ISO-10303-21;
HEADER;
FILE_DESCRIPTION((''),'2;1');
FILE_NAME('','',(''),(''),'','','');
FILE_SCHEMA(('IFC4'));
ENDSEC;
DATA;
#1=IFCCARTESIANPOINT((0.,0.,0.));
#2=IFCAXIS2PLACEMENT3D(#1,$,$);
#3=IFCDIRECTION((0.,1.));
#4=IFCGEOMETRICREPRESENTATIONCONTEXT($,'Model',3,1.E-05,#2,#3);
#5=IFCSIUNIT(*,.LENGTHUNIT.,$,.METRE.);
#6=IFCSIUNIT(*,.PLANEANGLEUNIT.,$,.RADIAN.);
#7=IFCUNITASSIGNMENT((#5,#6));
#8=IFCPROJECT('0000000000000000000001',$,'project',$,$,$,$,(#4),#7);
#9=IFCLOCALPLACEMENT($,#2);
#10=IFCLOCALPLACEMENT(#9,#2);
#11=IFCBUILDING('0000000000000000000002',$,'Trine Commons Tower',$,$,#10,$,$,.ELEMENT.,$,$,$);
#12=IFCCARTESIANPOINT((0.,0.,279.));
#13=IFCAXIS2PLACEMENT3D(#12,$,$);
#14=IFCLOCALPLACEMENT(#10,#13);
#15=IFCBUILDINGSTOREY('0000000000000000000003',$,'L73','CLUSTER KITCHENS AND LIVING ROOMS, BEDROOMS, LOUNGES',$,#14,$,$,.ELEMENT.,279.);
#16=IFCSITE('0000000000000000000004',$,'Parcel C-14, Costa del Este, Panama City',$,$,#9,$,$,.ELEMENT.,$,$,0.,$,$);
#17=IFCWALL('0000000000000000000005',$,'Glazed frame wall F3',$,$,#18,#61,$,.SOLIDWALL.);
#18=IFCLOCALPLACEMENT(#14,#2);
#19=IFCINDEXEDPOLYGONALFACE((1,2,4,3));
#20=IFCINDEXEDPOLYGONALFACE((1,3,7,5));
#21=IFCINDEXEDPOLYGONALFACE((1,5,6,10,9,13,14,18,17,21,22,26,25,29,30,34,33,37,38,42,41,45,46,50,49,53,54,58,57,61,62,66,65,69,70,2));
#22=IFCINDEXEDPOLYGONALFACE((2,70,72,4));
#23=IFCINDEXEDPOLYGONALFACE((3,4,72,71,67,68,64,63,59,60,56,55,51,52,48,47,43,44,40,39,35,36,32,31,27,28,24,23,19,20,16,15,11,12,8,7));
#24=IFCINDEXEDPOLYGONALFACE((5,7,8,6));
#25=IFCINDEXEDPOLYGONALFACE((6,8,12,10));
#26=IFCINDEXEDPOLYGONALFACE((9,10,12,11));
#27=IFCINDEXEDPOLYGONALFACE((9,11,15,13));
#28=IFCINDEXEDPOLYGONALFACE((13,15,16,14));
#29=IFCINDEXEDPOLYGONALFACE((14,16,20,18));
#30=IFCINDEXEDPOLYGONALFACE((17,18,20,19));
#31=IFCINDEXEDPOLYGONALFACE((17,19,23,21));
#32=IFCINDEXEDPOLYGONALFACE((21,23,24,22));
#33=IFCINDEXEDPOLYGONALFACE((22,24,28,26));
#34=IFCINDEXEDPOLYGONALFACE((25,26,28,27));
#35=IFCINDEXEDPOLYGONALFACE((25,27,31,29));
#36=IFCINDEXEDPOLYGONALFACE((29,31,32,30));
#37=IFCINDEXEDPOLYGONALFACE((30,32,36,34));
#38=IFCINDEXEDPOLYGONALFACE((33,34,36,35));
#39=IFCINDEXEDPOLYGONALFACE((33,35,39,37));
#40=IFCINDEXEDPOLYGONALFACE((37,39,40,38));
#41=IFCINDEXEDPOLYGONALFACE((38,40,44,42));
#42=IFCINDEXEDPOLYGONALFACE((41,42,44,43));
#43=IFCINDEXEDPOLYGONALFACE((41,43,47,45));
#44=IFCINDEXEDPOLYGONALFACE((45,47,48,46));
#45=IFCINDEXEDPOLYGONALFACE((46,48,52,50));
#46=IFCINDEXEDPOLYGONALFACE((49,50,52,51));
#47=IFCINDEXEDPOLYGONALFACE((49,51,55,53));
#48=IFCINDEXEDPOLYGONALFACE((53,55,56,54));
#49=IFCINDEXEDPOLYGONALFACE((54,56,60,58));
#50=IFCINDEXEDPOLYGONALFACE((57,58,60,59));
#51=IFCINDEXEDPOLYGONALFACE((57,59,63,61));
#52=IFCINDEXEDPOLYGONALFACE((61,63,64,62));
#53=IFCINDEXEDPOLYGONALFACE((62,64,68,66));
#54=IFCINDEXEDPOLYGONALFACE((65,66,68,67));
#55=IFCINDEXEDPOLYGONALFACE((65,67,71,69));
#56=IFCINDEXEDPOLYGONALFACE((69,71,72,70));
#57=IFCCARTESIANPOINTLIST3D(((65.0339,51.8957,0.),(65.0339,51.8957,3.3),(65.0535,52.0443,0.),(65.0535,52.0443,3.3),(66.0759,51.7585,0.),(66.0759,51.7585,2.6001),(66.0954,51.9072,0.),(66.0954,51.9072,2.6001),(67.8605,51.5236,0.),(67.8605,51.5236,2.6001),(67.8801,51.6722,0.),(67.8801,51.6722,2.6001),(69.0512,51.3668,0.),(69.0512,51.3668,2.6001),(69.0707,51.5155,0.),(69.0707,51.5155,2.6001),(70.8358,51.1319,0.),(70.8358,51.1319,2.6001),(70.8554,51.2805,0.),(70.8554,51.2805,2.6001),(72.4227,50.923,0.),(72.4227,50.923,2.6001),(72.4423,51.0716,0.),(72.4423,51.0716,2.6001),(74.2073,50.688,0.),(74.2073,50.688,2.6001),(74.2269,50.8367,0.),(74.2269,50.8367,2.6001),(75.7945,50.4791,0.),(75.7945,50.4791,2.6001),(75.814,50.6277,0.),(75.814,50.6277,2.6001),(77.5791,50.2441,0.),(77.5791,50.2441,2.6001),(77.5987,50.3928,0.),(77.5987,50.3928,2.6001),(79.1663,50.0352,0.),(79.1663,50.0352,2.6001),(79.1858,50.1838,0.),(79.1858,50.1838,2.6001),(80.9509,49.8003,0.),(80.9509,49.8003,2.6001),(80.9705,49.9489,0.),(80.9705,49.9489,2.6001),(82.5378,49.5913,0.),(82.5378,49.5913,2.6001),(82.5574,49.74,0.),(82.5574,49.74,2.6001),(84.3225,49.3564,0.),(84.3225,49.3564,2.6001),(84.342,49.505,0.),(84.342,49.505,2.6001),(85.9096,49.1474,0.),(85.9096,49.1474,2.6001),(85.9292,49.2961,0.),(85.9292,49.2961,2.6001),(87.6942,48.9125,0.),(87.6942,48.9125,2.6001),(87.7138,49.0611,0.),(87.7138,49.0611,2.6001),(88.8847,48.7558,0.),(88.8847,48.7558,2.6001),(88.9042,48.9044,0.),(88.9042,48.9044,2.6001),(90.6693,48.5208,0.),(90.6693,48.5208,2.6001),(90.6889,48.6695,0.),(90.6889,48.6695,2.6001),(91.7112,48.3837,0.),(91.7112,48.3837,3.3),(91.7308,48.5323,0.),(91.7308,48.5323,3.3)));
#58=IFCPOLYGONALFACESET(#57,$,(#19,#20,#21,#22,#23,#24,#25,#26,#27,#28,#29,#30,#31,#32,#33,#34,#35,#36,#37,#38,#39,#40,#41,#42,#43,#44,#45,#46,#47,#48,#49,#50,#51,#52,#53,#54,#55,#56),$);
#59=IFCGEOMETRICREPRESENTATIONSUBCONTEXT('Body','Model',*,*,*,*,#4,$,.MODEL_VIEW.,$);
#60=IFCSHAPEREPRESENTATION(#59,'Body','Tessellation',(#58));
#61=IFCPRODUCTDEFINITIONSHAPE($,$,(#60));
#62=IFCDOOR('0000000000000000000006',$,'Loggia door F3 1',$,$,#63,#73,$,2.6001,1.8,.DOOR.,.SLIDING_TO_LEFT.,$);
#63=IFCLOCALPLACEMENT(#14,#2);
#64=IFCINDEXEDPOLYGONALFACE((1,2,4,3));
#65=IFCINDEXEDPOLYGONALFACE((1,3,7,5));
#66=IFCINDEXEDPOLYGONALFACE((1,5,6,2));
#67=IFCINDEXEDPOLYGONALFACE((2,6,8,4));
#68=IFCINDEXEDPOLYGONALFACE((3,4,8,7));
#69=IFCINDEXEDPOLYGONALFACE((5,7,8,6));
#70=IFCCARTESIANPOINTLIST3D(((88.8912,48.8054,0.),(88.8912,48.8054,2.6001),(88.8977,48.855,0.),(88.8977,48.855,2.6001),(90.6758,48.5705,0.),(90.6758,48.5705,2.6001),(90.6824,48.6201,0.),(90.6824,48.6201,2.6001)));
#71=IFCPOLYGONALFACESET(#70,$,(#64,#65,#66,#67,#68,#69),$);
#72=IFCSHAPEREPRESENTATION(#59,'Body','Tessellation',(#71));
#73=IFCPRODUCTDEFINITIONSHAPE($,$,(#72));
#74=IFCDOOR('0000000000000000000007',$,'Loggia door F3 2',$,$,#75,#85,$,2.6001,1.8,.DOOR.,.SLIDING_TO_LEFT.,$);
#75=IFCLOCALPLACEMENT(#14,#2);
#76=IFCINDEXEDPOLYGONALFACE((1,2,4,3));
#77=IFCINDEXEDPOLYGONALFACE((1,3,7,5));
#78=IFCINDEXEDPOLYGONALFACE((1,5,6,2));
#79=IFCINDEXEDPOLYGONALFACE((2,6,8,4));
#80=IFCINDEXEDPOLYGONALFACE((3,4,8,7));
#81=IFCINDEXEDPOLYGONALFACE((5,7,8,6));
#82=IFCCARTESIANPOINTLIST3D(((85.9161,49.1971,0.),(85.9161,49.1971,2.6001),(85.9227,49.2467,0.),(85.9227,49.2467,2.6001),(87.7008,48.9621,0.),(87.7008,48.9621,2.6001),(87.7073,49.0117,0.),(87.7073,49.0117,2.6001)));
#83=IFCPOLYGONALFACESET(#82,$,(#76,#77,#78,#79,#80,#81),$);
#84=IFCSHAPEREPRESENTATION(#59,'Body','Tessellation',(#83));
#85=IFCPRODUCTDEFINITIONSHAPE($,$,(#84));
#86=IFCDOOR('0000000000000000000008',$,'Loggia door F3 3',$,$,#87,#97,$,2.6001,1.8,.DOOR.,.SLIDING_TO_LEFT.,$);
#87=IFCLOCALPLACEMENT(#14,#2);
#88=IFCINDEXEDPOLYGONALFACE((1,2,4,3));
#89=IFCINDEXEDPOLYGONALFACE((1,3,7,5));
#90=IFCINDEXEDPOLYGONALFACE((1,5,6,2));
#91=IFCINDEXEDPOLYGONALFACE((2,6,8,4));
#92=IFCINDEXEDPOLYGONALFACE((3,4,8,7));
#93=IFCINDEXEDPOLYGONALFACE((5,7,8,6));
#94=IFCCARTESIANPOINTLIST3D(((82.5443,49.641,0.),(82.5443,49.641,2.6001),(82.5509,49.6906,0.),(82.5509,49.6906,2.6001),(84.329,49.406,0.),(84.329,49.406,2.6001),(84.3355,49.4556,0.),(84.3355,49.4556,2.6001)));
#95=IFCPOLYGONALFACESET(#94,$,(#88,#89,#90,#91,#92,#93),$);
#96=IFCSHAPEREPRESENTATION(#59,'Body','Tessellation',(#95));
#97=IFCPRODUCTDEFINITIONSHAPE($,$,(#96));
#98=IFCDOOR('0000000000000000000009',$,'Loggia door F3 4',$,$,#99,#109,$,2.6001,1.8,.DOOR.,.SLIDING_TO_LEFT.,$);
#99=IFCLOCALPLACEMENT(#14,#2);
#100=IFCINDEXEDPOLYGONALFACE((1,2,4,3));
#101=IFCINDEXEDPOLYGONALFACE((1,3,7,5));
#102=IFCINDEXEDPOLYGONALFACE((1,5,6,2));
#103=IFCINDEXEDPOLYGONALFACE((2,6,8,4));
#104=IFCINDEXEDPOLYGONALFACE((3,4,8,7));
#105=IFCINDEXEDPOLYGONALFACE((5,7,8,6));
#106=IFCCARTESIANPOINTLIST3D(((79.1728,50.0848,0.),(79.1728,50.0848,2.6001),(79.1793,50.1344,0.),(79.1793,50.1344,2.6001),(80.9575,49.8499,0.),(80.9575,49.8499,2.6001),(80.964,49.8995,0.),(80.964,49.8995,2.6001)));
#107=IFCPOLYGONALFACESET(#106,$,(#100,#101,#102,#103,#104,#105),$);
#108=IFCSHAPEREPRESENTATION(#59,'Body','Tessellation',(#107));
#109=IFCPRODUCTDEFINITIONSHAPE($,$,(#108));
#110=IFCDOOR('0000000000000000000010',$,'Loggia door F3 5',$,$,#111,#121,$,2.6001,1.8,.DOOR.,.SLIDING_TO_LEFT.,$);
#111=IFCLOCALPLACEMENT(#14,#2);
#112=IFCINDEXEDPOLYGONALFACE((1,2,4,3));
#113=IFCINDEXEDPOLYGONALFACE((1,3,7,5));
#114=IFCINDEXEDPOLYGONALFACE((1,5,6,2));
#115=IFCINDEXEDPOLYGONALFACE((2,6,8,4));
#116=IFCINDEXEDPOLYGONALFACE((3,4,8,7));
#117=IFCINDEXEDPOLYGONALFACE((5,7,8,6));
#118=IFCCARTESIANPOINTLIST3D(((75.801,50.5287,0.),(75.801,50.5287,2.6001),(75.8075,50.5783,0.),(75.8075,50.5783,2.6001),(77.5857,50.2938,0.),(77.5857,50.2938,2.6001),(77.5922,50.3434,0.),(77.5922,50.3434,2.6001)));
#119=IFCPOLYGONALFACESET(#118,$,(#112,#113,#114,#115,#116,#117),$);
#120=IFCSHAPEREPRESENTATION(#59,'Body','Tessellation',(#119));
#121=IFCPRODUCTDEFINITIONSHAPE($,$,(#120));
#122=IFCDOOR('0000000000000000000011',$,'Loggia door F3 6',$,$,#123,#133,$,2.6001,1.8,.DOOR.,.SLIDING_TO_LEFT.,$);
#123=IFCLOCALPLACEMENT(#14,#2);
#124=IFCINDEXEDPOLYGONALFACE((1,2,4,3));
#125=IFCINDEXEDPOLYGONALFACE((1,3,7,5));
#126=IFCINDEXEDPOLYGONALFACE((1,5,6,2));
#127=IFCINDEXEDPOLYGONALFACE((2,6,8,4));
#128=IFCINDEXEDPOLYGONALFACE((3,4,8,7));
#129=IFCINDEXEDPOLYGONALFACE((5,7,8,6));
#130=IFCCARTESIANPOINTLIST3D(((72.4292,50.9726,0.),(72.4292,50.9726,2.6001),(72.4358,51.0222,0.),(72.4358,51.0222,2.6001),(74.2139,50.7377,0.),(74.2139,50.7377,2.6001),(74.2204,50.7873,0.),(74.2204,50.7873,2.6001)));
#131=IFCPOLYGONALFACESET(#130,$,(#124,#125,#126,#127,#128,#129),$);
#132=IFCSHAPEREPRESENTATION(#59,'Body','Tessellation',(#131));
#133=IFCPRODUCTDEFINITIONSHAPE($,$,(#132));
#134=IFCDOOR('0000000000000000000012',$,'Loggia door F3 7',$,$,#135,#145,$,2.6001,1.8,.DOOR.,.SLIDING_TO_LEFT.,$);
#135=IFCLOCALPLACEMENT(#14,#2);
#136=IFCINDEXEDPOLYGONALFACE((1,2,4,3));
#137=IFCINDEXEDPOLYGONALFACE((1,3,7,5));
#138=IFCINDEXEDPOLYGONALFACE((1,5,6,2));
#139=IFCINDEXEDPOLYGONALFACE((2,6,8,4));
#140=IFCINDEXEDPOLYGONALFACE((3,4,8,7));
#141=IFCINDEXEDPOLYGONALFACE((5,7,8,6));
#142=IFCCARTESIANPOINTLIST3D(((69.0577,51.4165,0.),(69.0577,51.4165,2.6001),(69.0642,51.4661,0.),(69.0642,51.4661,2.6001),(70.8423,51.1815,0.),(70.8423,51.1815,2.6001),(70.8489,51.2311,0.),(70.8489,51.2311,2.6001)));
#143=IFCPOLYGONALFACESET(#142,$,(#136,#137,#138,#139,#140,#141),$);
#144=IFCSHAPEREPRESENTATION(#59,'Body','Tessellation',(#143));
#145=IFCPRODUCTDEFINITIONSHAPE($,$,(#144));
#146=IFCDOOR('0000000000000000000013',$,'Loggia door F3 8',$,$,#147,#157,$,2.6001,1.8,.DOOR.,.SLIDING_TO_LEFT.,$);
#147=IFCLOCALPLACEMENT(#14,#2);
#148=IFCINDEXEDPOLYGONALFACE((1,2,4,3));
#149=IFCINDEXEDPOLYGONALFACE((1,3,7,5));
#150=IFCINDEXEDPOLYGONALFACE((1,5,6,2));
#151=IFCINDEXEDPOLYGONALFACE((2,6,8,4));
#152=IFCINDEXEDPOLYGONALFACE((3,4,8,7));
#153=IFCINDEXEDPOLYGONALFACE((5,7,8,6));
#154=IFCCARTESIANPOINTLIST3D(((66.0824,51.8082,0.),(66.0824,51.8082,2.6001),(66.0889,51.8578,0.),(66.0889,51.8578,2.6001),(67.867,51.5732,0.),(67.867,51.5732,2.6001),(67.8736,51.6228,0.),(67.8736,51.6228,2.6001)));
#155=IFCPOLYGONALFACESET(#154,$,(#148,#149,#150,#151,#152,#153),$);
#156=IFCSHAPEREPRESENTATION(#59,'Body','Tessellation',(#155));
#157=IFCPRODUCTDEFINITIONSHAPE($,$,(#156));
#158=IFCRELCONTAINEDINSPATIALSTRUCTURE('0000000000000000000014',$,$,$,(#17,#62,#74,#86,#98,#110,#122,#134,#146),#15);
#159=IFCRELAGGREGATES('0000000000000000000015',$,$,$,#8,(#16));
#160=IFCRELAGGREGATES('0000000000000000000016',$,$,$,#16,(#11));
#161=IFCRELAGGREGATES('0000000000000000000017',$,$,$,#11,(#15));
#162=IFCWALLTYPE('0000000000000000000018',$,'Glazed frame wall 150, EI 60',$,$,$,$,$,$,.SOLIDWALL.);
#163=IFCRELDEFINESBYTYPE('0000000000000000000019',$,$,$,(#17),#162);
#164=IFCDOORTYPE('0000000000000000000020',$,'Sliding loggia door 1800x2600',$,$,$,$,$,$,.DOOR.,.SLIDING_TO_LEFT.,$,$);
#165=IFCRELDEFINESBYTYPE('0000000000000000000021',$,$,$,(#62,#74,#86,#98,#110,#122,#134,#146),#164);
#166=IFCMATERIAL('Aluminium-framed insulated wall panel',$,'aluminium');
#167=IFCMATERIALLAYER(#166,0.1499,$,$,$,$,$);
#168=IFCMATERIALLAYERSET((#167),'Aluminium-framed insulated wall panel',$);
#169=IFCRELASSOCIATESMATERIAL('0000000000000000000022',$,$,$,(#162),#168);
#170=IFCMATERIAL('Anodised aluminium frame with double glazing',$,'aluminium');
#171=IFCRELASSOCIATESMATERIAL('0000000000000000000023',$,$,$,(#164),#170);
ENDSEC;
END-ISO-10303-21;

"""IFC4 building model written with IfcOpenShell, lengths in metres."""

from ifc_helpers import new_model, si_unit, direction, frame, frame_2d, origin, place, context, subcontext, project, spatial, polyline, rectangle, outline, extrude, material, layer, layer_set, type_object, element, fill, save


model = new_model("IFC4")

# Units and contexts
model_context = context("Model", 3, precision=1e-05, world=origin(), true_north=direction((0.0, 1.0)))
body_context = subcontext(model_context, "Body", "Model", "MODEL_VIEW")
ifc_project = project(units=[si_unit("LENGTHUNIT", "METRE"), si_unit("PLANEANGLEUNIT", "RADIAN")], contexts=[model_context])

# Site, building, storey
site_placement = place(None, origin())
site = spatial("IfcSite", under=ifc_project, at=site_placement, Name="Parcel C-14, Costa del Este, Panama City", CompositionType="ELEMENT", RefElevation=0.0)
building_placement = place(site_placement, origin())
building = spatial("IfcBuilding", under=site, at=building_placement, Name="Trine Commons Tower", CompositionType="ELEMENT")
storey_placement = place(building_placement, frame((0.0, 0.0, 279.0)))
storey = spatial("IfcBuildingStorey", under=building, at=storey_placement, Name="L73", Description="CLUSTER KITCHENS AND LIVING ROOMS, BEDROOMS, LOUNGES", CompositionType="ELEMENT", Elevation=279.0)

# Shared definitions
ifc_material_1 = material(Name="Aluminium-framed insulated wall panel", Category="aluminium")
ifc_layer_1 = layer(ifc_material_1, 0.1499)
ifc_layer_set_1 = layer_set([ifc_layer_1], Name="Aluminium-framed insulated wall panel")
wall_type_1 = type_object("IfcWallType", Name="Glazed frame wall 150, EI 60", PredefinedType="SOLIDWALL", material=ifc_layer_set_1)
ifc_material_2 = material(Name="Anodised aluminium frame with double glazing", Category="aluminium")
door_type = type_object("IfcDoorType", Name="Sliding loggia door 1800x2600", OperationType="SLIDING_TO_LEFT", PredefinedType="DOOR", material=ifc_material_2)

# Wall, openings, doors
wall_1_placement = place(storey_placement, frame((91.8691, 48.4385, 0.0), z_axis=(0.0, 0.0, 1.0), x_axis=(-0.991445, 0.130523, 0.0)))
wall_1 = element("IfcWall", 1, at=wall_1_placement, inside=storey, type_object=wall_type_1, Name="Glazed frame wall F3", PredefinedType="SOLIDWALL", context=body_context, shape_type="SweptSolid", body=[
    extrude(outline(polyline([(0.1494, 0.075), (0.1494, -0.075), (27.0569, -0.075), (27.0569, 0.075), (0.1494, 0.075)])), origin(), (0.0, 0.0, 1.0), 3.3),
])
opening_1_placement = place(wall_1_placement, frame((1.2004, 0.0, 0.0)))
opening_1 = element("IfcOpeningElement", 2, at=opening_1_placement, cuts=wall_1, PredefinedType="OPENING", context=body_context, shape_type="SweptSolid", body=[
    extrude(rectangle(XDim=1.8, YDim=2.6001, at=frame_2d((0.8999, 1.3))), frame((0.0, 0.085, 0.0), z_axis=(0.0, -1.0, 0.0), x_axis=(1.0, 0.0, 0.0)), (0.0, 0.0, 1.0), 0.1699),
])
opening_2_placement = place(wall_1_placement, frame((4.2012, 0.0, 0.0)))
opening_2 = element("IfcOpeningElement", 3, at=opening_2_placement, cuts=wall_1, PredefinedType="OPENING", context=body_context, shape_type="SweptSolid", body=[
    extrude(rectangle(XDim=1.8, YDim=2.6001, at=frame_2d((0.8999, 1.3))), frame((0.0, 0.085, 0.0), z_axis=(0.0, -1.0, 0.0), x_axis=(1.0, 0.0, 0.0)), (0.0, 0.0, 1.0), 0.1699),
])
opening_3_placement = place(wall_1_placement, frame((7.6021, 0.0, 0.0)))
opening_3 = element("IfcOpeningElement", 4, at=opening_3_placement, cuts=wall_1, PredefinedType="OPENING", context=body_context, shape_type="SweptSolid", body=[
    extrude(rectangle(XDim=1.8, YDim=2.6001, at=frame_2d((0.8999, 1.3))), frame((0.0, 0.085, 0.0), z_axis=(0.0, -1.0, 0.0), x_axis=(1.0, 0.0, 0.0)), (0.0, 0.0, 1.0), 0.1699),
])
opening_4_placement = place(wall_1_placement, frame((11.0027, 0.0, 0.0)))
opening_4 = element("IfcOpeningElement", 5, at=opening_4_placement, cuts=wall_1, PredefinedType="OPENING", context=body_context, shape_type="SweptSolid", body=[
    extrude(rectangle(XDim=1.8, YDim=2.6001, at=frame_2d((0.8999, 1.3))), frame((0.0, 0.085, 0.0), z_axis=(0.0, -1.0, 0.0), x_axis=(1.0, 0.0, 0.0)), (0.0, 0.0, 1.0), 0.1699),
])
opening_5_placement = place(wall_1_placement, frame((14.4036, 0.0, 0.0)))
opening_5 = element("IfcOpeningElement", 6, at=opening_5_placement, cuts=wall_1, PredefinedType="OPENING", context=body_context, shape_type="SweptSolid", body=[
    extrude(rectangle(XDim=1.8, YDim=2.6001, at=frame_2d((0.8999, 1.3))), frame((0.0, 0.085, 0.0), z_axis=(0.0, -1.0, 0.0), x_axis=(1.0, 0.0, 0.0)), (0.0, 0.0, 1.0), 0.1699),
])
opening_6_placement = place(wall_1_placement, frame((17.8044, 0.0, 0.0)))
opening_6 = element("IfcOpeningElement", 7, at=opening_6_placement, cuts=wall_1, PredefinedType="OPENING", context=body_context, shape_type="SweptSolid", body=[
    extrude(rectangle(XDim=1.8, YDim=2.6001, at=frame_2d((0.8999, 1.3))), frame((0.0, 0.085, 0.0), z_axis=(0.0, -1.0, 0.0), x_axis=(1.0, 0.0, 0.0)), (0.0, 0.0, 1.0), 0.1699),
])
opening_7_placement = place(wall_1_placement, frame((21.2051, 0.0, 0.0)))
opening_7 = element("IfcOpeningElement", 8, at=opening_7_placement, cuts=wall_1, PredefinedType="OPENING", context=body_context, shape_type="SweptSolid", body=[
    extrude(rectangle(XDim=1.8, YDim=2.6001, at=frame_2d((0.8999, 1.3))), frame((0.0, 0.085, 0.0), z_axis=(0.0, -1.0, 0.0), x_axis=(1.0, 0.0, 0.0)), (0.0, 0.0, 1.0), 0.1699),
])
opening_8_placement = place(wall_1_placement, frame((24.2061, 0.0, 0.0)))
opening_8 = element("IfcOpeningElement", 9, at=opening_8_placement, cuts=wall_1, PredefinedType="OPENING", context=body_context, shape_type="SweptSolid", body=[
    extrude(rectangle(XDim=1.8, YDim=2.6001, at=frame_2d((0.8999, 1.3))), frame((0.0, 0.085, 0.0), z_axis=(0.0, -1.0, 0.0), x_axis=(1.0, 0.0, 0.0)), (0.0, 0.0, 1.0), 0.1699),
])
door_1_placement = place(opening_1_placement, origin())
door_1 = element("IfcDoor", 10, at=door_1_placement, inside=storey, type_object=door_type, Name="Loggia door F3 1", OperationType="SLIDING_TO_LEFT", OverallHeight=2.6001, OverallWidth=1.8, PredefinedType="DOOR", context=body_context, shape_type="SweptSolid", body=[
    extrude(rectangle(XDim=1.8, YDim=2.6001, at=frame_2d((0.8999, 1.3))), frame((0.0, 0.0249, 0.0), z_axis=(0.0, -1.0, 0.0), x_axis=(1.0, 0.0, 0.0)), (0.0, 0.0, 1.0), 0.05),
])
fill(opening_1, door_1)
door_2_placement = place(opening_2_placement, origin())
door_2 = element("IfcDoor", 11, at=door_2_placement, inside=storey, type_object=door_type, Name="Loggia door F3 2", OperationType="SLIDING_TO_LEFT", OverallHeight=2.6001, OverallWidth=1.8, PredefinedType="DOOR", context=body_context, shape_type="SweptSolid", body=[
    extrude(rectangle(XDim=1.8, YDim=2.6001, at=frame_2d((0.8999, 1.3))), frame((0.0, 0.0249, 0.0), z_axis=(0.0, -1.0, 0.0), x_axis=(1.0, 0.0, 0.0)), (0.0, 0.0, 1.0), 0.05),
])
fill(opening_2, door_2)
door_3_placement = place(opening_3_placement, origin())
door_3 = element("IfcDoor", 12, at=door_3_placement, inside=storey, type_object=door_type, Name="Loggia door F3 3", OperationType="SLIDING_TO_LEFT", OverallHeight=2.6001, OverallWidth=1.8, PredefinedType="DOOR", context=body_context, shape_type="SweptSolid", body=[
    extrude(rectangle(XDim=1.8, YDim=2.6001, at=frame_2d((0.8999, 1.3))), frame((0.0, 0.0249, 0.0), z_axis=(0.0, -1.0, 0.0), x_axis=(1.0, 0.0, 0.0)), (0.0, 0.0, 1.0), 0.05),
])
fill(opening_3, door_3)
door_4_placement = place(opening_4_placement, origin())
door_4 = element("IfcDoor", 13, at=door_4_placement, inside=storey, type_object=door_type, Name="Loggia door F3 4", OperationType="SLIDING_TO_LEFT", OverallHeight=2.6001, OverallWidth=1.8, PredefinedType="DOOR", context=body_context, shape_type="SweptSolid", body=[
    extrude(rectangle(XDim=1.8, YDim=2.6001, at=frame_2d((0.8999, 1.3))), frame((0.0, 0.0249, 0.0), z_axis=(0.0, -1.0, 0.0), x_axis=(1.0, 0.0, 0.0)), (0.0, 0.0, 1.0), 0.05),
])
fill(opening_4, door_4)
door_5_placement = place(opening_5_placement, origin())
door_5 = element("IfcDoor", 14, at=door_5_placement, inside=storey, type_object=door_type, Name="Loggia door F3 5", OperationType="SLIDING_TO_LEFT", OverallHeight=2.6001, OverallWidth=1.8, PredefinedType="DOOR", context=body_context, shape_type="SweptSolid", body=[
    extrude(rectangle(XDim=1.8, YDim=2.6001, at=frame_2d((0.8999, 1.3))), frame((0.0, 0.0249, 0.0), z_axis=(0.0, -1.0, 0.0), x_axis=(1.0, 0.0, 0.0)), (0.0, 0.0, 1.0), 0.05),
])
fill(opening_5, door_5)
door_6_placement = place(opening_6_placement, origin())
door_6 = element("IfcDoor", 15, at=door_6_placement, inside=storey, type_object=door_type, Name="Loggia door F3 6", OperationType="SLIDING_TO_LEFT", OverallHeight=2.6001, OverallWidth=1.8, PredefinedType="DOOR", context=body_context, shape_type="SweptSolid", body=[
    extrude(rectangle(XDim=1.8, YDim=2.6001, at=frame_2d((0.8999, 1.3))), frame((0.0, 0.0249, 0.0), z_axis=(0.0, -1.0, 0.0), x_axis=(1.0, 0.0, 0.0)), (0.0, 0.0, 1.0), 0.05),
])
fill(opening_6, door_6)
door_7_placement = place(opening_7_placement, origin())
door_7 = element("IfcDoor", 16, at=door_7_placement, inside=storey, type_object=door_type, Name="Loggia door F3 7", OperationType="SLIDING_TO_LEFT", OverallHeight=2.6001, OverallWidth=1.8, PredefinedType="DOOR", context=body_context, shape_type="SweptSolid", body=[
    extrude(rectangle(XDim=1.8, YDim=2.6001, at=frame_2d((0.8999, 1.3))), frame((0.0, 0.0249, 0.0), z_axis=(0.0, -1.0, 0.0), x_axis=(1.0, 0.0, 0.0)), (0.0, 0.0, 1.0), 0.05),
])
fill(opening_7, door_7)
door_8_placement = place(opening_8_placement, origin())
door_8 = element("IfcDoor", 17, at=door_8_placement, inside=storey, type_object=door_type, Name="Loggia door F3 8", OperationType="SLIDING_TO_LEFT", OverallHeight=2.6001, OverallWidth=1.8, PredefinedType="DOOR", context=body_context, shape_type="SweptSolid", body=[
    extrude(rectangle(XDim=1.8, YDim=2.6001, at=frame_2d((0.8999, 1.3))), frame((0.0, 0.0249, 0.0), z_axis=(0.0, -1.0, 0.0), x_axis=(1.0, 0.0, 0.0)), (0.0, 0.0, 1.0), 0.05),
])
fill(opening_8, door_8)

save(model, "model.ifc")
